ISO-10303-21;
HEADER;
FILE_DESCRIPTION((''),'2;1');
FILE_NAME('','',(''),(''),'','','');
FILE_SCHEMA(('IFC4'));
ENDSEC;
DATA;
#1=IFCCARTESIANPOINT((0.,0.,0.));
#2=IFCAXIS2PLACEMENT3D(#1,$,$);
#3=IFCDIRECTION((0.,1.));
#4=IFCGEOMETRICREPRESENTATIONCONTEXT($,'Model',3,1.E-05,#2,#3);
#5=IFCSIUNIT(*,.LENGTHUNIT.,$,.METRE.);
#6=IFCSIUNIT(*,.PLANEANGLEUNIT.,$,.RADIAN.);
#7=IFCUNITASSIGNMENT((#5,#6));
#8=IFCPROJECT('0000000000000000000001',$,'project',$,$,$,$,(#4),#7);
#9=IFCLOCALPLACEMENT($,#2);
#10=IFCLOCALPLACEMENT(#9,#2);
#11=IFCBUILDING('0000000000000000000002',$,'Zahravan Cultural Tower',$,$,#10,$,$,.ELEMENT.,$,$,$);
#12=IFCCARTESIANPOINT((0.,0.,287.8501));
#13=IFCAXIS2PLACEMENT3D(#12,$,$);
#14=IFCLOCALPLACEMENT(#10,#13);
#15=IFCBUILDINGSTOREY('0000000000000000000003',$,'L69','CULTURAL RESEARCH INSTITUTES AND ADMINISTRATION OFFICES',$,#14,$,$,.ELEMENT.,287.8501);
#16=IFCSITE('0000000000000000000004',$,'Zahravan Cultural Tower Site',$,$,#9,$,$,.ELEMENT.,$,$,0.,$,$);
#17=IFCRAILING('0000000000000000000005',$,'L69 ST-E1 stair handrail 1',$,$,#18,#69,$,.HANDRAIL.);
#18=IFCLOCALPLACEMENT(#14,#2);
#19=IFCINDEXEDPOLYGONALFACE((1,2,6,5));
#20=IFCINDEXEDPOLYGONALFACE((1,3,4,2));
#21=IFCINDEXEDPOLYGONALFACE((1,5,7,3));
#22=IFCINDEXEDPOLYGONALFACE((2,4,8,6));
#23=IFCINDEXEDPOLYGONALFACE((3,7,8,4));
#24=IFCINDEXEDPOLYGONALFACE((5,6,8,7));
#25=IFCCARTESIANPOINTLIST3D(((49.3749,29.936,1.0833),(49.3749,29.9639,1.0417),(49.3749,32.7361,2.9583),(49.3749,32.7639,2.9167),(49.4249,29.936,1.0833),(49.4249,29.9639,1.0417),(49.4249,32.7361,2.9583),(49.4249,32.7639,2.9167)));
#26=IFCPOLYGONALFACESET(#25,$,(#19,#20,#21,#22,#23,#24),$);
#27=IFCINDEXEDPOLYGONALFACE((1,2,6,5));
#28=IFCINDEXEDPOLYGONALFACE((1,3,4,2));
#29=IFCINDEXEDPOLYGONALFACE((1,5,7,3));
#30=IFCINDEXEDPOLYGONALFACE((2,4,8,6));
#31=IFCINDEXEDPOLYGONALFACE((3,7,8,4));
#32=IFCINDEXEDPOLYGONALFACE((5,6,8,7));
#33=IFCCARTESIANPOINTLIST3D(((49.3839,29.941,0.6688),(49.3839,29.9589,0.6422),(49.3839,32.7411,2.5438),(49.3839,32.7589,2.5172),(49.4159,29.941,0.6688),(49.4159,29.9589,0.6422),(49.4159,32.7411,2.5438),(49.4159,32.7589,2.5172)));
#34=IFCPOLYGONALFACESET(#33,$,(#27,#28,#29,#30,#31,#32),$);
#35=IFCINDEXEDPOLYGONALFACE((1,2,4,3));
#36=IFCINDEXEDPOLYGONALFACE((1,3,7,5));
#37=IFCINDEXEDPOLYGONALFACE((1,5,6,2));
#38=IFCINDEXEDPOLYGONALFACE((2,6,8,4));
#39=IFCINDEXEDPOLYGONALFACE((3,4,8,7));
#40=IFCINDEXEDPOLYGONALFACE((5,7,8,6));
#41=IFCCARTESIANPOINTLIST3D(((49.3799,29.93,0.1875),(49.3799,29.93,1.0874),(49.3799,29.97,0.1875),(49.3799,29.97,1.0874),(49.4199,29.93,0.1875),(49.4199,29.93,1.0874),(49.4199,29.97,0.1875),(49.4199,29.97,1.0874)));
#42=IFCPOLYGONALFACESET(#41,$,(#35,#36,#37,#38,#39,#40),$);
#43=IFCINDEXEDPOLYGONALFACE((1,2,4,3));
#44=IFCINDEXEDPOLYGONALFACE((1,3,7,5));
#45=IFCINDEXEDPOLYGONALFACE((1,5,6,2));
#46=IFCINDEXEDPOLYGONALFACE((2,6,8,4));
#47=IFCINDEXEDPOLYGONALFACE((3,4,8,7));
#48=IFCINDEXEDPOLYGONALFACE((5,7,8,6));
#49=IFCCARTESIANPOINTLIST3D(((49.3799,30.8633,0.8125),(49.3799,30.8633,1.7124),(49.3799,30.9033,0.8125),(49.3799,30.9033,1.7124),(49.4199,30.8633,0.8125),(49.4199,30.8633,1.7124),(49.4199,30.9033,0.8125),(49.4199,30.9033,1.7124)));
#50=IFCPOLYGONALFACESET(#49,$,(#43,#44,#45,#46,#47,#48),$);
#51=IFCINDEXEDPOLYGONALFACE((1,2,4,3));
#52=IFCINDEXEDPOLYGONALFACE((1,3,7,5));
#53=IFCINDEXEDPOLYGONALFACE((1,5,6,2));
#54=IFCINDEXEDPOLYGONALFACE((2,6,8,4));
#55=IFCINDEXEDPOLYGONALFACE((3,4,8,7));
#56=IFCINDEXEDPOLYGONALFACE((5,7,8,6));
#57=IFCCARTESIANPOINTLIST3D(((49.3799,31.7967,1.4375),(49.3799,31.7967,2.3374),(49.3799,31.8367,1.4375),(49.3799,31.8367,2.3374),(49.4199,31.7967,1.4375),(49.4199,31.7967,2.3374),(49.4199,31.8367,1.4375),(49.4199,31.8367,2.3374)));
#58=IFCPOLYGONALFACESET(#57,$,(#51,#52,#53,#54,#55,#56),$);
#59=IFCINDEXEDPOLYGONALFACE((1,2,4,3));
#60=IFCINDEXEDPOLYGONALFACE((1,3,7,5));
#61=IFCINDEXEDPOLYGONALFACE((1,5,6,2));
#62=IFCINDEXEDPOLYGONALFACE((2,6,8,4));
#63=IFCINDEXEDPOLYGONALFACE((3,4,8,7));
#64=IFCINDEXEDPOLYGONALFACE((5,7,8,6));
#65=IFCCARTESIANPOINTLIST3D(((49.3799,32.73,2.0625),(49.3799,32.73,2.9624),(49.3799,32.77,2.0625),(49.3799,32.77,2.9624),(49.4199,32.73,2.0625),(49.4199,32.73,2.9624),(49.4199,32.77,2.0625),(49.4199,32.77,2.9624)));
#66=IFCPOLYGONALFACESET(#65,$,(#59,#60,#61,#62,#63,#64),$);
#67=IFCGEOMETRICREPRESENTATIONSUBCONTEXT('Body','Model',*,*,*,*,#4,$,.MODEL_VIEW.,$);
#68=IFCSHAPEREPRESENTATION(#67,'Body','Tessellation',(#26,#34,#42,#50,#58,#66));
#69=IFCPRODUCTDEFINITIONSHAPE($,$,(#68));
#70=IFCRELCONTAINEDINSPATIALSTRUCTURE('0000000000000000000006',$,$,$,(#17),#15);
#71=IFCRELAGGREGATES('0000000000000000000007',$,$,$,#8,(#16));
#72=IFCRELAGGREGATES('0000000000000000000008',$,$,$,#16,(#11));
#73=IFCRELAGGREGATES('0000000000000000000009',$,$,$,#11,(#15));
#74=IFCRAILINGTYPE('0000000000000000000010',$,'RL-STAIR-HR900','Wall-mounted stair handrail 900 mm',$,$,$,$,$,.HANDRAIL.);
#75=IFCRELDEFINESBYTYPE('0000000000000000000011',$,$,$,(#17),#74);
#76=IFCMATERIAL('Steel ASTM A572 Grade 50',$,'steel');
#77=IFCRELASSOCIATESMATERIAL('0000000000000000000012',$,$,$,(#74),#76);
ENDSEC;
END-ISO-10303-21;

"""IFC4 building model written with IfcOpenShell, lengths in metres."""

from ifc_helpers import new_model, si_unit, direction, frame, origin, origin_2d, place, context, subcontext, project, spatial, rectangle, extrude, material, type_object, element, save


model = new_model("IFC4")

# Units and contexts
model_context = context("Model", 3, precision=1e-05, world=origin(), true_north=direction((0.0, 1.0)))
body_context = subcontext(model_context, "Body", "Model", "MODEL_VIEW")
ifc_project = project(units=[si_unit("LENGTHUNIT", "METRE"), si_unit("PLANEANGLEUNIT", "RADIAN")], contexts=[model_context])

# Site, building, storey
site_placement = place(None, origin())
site = spatial("IfcSite", under=ifc_project, at=site_placement, Name="Zahravan Cultural Tower Site", CompositionType="ELEMENT", RefElevation=0.0)
building_placement = place(site_placement, origin())
building = spatial("IfcBuilding", under=site, at=building_placement, Name="Zahravan Cultural Tower", CompositionType="ELEMENT")
storey_placement = place(building_placement, frame((0.0, 0.0, 287.8501)))
storey = spatial("IfcBuildingStorey", under=building, at=storey_placement, Name="L69", Description="CULTURAL RESEARCH INSTITUTES AND ADMINISTRATION OFFICES", CompositionType="ELEMENT", Elevation=287.8501)

# Railing
ifc_material_1 = material(Name="Steel ASTM A572 Grade 50", Category="steel")
railing_type_1 = type_object("IfcRailingType", Name="RL-STAIR-HR900", Description="Wall-mounted stair handrail 900 mm", PredefinedType="HANDRAIL", material=ifc_material_1)
railing_1_placement = place(storey_placement, frame((49.3999, 29.95, 0.1875)))
element("IfcRailing", 1, at=railing_1_placement, inside=storey, type_object=railing_type_1, Name="L69 ST-E1 stair handrail 1", PredefinedType="HANDRAIL", context=body_context, shape_type="SweptSolid", body=[
    extrude(rectangle(XDim=0.05, YDim=0.05, at=origin_2d()), frame((0.0, 0.0, 0.875), z_axis=(0.0, 0.830912, 0.556404), x_axis=(-1.0, 0.0, 0.0)), (0.0, 0.0, 1.0), 3.3699),
    extrude(rectangle(XDim=0.032, YDim=0.032, at=origin_2d()), frame((0.0, 0.0, 0.468), z_axis=(0.0, 0.830912, 0.556404), x_axis=(-1.0, 0.0, 0.0)), (0.0, 0.0, 1.0), 3.3699),
    extrude(rectangle(XDim=0.04, YDim=0.04, at=origin_2d()), origin(), (0.0, 0.0, 1.0), 0.8999),
    extrude(rectangle(XDim=0.04, YDim=0.04, at=origin_2d()), frame((0.0, 0.9333, 0.625)), (0.0, 0.0, 1.0), 0.8999),
    extrude(rectangle(XDim=0.04, YDim=0.04, at=origin_2d()), frame((0.0, 1.8667, 1.25)), (0.0, 0.0, 1.0), 0.8999),
    extrude(rectangle(XDim=0.04, YDim=0.04, at=origin_2d()), frame((0.0, 2.8, 1.875)), (0.0, 0.0, 1.0), 0.8999),
])

save(model, "model.ifc")
